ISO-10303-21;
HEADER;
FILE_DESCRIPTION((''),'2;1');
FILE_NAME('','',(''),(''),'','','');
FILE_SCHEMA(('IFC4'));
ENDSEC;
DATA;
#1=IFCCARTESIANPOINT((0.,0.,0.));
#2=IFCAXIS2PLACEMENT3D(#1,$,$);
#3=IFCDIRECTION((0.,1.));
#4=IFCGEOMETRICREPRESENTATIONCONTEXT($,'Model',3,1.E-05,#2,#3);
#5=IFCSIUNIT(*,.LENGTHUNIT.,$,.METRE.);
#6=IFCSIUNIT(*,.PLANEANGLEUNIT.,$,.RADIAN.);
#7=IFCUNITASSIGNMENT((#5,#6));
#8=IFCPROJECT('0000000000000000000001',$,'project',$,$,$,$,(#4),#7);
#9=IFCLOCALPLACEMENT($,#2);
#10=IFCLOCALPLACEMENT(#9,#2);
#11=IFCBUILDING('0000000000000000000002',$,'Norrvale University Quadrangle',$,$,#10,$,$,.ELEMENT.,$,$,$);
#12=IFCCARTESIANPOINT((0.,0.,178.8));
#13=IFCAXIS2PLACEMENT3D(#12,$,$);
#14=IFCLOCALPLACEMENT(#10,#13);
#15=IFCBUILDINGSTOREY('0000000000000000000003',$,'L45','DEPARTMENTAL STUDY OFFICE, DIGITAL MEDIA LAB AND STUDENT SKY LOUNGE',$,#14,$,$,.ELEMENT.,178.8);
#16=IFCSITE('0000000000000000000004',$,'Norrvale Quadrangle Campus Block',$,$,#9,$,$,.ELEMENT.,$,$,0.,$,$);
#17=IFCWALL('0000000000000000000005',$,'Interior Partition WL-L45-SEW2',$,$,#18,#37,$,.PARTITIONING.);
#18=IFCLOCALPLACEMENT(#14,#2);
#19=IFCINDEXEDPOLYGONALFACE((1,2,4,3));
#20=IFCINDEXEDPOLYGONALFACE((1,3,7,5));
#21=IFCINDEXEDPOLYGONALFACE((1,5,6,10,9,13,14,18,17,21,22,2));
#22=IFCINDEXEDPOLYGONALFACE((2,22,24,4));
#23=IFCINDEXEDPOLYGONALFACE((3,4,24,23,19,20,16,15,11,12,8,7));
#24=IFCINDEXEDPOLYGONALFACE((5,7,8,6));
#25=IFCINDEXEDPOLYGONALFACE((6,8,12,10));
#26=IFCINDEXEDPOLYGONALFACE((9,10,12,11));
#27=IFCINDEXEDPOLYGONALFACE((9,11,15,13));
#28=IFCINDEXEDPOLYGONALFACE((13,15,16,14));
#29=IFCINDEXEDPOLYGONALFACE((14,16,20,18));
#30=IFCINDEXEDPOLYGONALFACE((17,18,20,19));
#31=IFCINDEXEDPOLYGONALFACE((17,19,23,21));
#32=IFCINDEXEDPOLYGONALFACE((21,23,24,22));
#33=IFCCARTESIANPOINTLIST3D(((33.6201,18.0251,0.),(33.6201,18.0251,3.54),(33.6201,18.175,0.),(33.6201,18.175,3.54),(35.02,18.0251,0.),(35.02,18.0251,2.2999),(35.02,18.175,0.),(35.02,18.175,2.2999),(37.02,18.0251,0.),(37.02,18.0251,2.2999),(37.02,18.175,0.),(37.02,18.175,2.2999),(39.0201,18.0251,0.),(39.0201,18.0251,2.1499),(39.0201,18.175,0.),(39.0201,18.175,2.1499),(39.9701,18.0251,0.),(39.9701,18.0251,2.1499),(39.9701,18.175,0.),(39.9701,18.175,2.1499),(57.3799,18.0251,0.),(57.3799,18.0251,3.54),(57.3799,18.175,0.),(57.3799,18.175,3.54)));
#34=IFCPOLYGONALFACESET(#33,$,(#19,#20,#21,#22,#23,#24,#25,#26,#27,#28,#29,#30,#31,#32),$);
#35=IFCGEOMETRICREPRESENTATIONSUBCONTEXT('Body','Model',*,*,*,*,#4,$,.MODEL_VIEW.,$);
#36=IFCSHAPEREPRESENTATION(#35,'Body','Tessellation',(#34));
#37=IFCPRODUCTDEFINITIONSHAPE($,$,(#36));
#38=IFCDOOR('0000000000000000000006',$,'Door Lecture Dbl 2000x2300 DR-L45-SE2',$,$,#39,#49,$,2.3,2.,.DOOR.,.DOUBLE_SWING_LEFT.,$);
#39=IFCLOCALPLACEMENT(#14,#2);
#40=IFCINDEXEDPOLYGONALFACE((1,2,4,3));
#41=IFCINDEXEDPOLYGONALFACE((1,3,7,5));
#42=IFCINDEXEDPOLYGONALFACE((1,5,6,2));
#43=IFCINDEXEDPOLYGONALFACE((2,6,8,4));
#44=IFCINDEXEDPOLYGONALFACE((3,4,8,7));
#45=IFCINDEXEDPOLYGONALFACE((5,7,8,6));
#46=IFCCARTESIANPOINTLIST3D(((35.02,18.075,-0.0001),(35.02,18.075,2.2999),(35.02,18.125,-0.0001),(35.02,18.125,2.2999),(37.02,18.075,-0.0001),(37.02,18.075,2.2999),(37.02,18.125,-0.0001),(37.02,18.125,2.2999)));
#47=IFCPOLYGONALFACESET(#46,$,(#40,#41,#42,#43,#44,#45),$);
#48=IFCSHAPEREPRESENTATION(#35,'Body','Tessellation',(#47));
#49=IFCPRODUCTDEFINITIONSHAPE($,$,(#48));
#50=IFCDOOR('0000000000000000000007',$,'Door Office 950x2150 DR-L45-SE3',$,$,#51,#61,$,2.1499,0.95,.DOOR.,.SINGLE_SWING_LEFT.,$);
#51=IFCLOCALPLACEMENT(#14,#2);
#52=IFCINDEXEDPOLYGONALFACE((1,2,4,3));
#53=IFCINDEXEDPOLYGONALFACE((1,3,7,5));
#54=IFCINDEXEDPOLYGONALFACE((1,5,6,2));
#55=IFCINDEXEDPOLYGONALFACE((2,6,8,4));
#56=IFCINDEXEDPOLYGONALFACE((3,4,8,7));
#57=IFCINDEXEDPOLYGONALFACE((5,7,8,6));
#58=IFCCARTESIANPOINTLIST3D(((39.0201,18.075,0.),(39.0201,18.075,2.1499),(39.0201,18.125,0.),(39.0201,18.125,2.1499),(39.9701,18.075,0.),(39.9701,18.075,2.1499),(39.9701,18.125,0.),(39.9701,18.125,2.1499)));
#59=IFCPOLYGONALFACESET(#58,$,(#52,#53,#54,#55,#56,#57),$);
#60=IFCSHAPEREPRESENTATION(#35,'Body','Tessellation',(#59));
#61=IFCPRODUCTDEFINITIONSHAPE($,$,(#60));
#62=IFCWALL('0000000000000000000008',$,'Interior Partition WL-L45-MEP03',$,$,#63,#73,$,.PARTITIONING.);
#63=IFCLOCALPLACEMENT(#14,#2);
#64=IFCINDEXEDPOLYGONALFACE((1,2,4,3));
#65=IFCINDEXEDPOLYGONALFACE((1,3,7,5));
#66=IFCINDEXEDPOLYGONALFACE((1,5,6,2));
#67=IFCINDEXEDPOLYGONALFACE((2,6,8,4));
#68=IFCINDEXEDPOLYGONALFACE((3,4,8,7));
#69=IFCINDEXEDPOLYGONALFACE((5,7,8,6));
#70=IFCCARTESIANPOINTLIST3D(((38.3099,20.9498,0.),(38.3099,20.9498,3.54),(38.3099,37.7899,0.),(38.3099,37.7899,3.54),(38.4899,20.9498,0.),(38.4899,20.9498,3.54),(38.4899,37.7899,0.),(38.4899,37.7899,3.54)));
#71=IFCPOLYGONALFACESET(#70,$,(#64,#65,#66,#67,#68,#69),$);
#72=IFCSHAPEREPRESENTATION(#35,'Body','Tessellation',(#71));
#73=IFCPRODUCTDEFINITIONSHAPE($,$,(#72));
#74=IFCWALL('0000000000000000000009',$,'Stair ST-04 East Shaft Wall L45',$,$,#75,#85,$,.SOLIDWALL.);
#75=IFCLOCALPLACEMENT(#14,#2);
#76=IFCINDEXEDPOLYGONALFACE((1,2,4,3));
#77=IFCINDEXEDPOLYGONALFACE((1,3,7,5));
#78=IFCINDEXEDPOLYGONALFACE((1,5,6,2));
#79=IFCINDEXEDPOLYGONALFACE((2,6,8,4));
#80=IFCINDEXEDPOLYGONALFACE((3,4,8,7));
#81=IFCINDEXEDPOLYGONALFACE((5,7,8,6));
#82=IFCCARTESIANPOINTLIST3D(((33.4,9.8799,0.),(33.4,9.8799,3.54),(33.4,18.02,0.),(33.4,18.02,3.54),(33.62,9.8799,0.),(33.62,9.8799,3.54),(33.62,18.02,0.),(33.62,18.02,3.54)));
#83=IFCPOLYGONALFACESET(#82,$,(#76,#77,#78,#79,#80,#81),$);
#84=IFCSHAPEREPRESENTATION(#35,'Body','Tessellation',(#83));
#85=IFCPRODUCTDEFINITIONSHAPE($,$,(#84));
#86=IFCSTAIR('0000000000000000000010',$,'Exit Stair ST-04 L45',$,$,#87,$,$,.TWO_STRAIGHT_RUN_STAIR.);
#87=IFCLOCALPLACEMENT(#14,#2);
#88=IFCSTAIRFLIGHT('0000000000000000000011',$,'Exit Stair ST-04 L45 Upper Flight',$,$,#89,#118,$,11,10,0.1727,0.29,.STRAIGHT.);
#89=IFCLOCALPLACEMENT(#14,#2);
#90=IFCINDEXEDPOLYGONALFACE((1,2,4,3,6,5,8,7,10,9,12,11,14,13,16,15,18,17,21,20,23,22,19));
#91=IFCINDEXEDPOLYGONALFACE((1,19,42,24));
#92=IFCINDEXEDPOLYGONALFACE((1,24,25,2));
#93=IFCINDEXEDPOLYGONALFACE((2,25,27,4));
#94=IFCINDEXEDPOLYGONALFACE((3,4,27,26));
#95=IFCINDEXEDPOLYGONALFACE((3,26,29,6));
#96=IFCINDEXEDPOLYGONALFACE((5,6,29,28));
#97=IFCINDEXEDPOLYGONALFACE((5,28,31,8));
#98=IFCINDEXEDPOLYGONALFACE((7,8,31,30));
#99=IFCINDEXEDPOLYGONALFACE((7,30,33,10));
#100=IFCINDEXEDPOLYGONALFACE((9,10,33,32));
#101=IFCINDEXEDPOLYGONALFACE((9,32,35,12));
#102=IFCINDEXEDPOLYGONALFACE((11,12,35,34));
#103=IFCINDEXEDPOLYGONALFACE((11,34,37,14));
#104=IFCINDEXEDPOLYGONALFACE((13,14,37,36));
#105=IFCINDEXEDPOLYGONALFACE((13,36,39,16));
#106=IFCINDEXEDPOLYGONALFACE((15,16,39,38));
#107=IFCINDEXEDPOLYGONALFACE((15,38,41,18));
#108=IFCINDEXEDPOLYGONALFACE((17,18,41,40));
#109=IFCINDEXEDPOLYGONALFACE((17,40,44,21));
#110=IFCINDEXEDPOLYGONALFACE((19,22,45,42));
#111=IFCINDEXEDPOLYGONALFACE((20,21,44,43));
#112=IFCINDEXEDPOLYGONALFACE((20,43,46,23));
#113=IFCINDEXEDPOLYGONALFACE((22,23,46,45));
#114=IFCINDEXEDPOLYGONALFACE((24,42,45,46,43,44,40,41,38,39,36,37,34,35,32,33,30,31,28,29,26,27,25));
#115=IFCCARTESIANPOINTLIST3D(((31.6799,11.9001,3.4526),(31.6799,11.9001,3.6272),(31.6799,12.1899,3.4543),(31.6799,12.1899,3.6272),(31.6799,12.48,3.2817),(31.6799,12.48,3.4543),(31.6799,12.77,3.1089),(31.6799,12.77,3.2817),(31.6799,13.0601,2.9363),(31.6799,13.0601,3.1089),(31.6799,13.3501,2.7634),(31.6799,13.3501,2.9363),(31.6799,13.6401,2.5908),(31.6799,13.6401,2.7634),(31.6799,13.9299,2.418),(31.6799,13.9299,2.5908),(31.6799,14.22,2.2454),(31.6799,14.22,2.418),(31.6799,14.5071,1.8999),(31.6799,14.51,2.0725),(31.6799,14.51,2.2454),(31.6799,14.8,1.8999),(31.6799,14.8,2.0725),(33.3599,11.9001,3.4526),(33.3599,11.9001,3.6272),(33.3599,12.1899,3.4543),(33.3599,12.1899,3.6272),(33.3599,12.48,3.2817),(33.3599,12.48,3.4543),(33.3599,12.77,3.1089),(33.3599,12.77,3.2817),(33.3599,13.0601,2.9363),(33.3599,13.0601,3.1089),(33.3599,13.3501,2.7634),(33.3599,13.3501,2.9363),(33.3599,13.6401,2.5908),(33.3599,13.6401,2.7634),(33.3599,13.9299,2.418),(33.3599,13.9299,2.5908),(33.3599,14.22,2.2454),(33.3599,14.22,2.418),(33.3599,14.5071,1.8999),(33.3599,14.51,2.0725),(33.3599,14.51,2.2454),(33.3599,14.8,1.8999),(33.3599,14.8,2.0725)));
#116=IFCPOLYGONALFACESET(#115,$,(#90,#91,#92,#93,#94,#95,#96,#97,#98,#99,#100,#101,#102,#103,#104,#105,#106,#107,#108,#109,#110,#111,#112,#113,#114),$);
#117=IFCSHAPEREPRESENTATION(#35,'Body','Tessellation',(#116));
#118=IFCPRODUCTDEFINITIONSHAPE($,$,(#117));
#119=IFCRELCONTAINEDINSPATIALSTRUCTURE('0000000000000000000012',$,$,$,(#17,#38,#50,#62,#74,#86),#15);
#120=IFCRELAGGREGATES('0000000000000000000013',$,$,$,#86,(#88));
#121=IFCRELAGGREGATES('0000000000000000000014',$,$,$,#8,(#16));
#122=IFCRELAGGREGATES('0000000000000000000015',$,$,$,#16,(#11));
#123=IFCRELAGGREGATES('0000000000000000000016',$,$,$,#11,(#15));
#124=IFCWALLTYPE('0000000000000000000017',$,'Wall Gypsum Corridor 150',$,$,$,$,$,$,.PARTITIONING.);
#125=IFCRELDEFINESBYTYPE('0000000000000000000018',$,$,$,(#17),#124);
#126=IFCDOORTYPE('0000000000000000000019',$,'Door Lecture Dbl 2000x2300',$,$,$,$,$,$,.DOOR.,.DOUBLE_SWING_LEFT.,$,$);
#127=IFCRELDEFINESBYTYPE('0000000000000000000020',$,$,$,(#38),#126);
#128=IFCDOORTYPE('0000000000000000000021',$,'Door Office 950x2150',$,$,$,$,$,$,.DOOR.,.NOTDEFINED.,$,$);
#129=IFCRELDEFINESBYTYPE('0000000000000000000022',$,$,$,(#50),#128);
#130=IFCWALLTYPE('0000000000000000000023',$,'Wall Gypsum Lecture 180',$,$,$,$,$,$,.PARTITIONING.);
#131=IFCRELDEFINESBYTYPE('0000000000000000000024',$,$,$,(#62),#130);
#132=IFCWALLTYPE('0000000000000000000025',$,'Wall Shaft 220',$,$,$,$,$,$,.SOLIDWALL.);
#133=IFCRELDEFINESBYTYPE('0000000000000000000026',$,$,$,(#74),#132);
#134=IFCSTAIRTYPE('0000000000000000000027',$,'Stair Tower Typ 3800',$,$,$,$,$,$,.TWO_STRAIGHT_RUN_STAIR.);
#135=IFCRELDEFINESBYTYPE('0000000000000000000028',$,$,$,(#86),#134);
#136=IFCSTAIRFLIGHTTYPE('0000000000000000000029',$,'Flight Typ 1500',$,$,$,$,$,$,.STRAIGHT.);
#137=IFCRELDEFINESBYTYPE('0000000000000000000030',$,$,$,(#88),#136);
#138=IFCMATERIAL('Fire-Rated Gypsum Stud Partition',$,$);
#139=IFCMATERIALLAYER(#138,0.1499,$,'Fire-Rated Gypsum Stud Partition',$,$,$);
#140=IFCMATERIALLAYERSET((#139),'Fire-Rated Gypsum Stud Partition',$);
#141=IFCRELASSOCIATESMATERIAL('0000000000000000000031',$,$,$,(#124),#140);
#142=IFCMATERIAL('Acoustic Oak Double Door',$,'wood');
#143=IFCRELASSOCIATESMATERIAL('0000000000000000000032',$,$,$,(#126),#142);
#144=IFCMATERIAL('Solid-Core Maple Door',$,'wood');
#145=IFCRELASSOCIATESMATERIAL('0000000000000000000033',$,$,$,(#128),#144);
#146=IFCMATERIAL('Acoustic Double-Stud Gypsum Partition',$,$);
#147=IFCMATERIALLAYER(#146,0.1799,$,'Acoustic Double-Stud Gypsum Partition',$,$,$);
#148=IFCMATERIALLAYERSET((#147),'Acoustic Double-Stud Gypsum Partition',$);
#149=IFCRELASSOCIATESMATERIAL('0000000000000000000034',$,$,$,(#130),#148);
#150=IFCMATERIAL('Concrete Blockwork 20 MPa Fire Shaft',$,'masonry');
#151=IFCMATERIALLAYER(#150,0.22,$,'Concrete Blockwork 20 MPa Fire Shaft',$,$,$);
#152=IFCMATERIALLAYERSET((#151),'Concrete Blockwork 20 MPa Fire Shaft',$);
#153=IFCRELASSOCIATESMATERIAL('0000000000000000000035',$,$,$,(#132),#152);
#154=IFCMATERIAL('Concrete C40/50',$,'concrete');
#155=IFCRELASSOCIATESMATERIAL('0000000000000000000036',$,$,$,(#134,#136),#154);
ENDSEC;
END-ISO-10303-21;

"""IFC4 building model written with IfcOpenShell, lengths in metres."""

from ifc_helpers import new_model, si_unit, direction, frame, frame_2d, origin, place, context, subcontext, project, spatial, polyline, rectangle, outline, extrude, material, layer, layer_set, type_object, element, fill, aggregate, save


model = new_model("IFC4")

# Units and contexts
model_context = context("Model", 3, precision=1e-05, world=origin(), true_north=direction((0.0, 1.0)))
body_context = subcontext(model_context, "Body", "Model", "MODEL_VIEW")
ifc_project = project(units=[si_unit("LENGTHUNIT", "METRE"), si_unit("PLANEANGLEUNIT", "RADIAN")], contexts=[model_context])

# Site, building, storey
site_placement = place(None, origin())
site = spatial("IfcSite", under=ifc_project, at=site_placement, Name="Norrvale Quadrangle Campus Block", CompositionType="ELEMENT", RefElevation=0.0)
building_placement = place(site_placement, origin())
building = spatial("IfcBuilding", under=site, at=building_placement, Name="Norrvale University Quadrangle", CompositionType="ELEMENT")
storey_placement = place(building_placement, frame((0.0, 0.0, 178.8)))
storey = spatial("IfcBuildingStorey", under=building, at=storey_placement, Name="L45", Description="DEPARTMENTAL STUDY OFFICE, DIGITAL MEDIA LAB AND STUDENT SKY LOUNGE", CompositionType="ELEMENT", Elevation=178.8)

# Wall, openings, doors
ifc_material_1 = material(Name="Fire-Rated Gypsum Stud Partition")
ifc_layer_1 = layer(ifc_material_1, 0.1499, Name="Fire-Rated Gypsum Stud Partition")
ifc_layer_set_1 = layer_set([ifc_layer_1], Name="Fire-Rated Gypsum Stud Partition")
wall_type_1 = type_object("IfcWallType", Name="Wall Gypsum Corridor 150", PredefinedType="PARTITIONING", material=ifc_layer_set_1)
wall_1_placement = place(storey_placement, frame((33.6201, 18.1001, 0.0), z_axis=(0.0, 0.0, 1.0), x_axis=(1.0, 0.0, 0.0)))
wall_1 = element("IfcWall", 1, at=wall_1_placement, inside=storey, type_object=wall_type_1, Name="Interior Partition WL-L45-SEW2", PredefinedType="PARTITIONING", context=body_context, shape_type="SweptSolid", body=[
    extrude(rectangle(XDim=23.7598, YDim=0.1499, at=frame_2d((11.8799, 0.0))), origin(), (0.0, 0.0, 1.0), 3.54),
])
opening_1_placement = place(wall_1_placement, frame((1.3999, 0.0, 0.0)))
opening_1 = element("IfcOpeningElement", 2, at=opening_1_placement, cuts=wall_1, PredefinedType="OPENING", context=body_context, shape_type="SweptSolid", body=[
    extrude(rectangle(XDim=2.0, YDim=2.3, at=frame_2d((1.0, 1.1499))), frame((0.0, 0.0869, 0.0), z_axis=(0.0, -1.0, 0.0), x_axis=(1.0, 0.0, 0.0)), (0.0, 0.0, 1.0), 0.1738),
])
opening_2_placement = place(wall_1_placement, frame((5.3999, 0.0, 0.0)))
opening_2 = element("IfcOpeningElement", 3, at=opening_2_placement, cuts=wall_1, PredefinedType="OPENING", context=body_context, shape_type="SweptSolid", body=[
    extrude(rectangle(XDim=0.95, YDim=2.1499, at=frame_2d((0.4751, 1.075))), frame((0.0, 0.0869, 0.0), z_axis=(0.0, -1.0, 0.0), x_axis=(1.0, 0.0, 0.0)), (0.0, 0.0, 1.0), 0.1738),
])
ifc_material_2 = material(Name="Acoustic Oak Double Door", Category="wood")
door_type_1 = type_object("IfcDoorType", Name="Door Lecture Dbl 2000x2300", OperationType="DOUBLE_SWING_LEFT", PredefinedType="DOOR", material=ifc_material_2)
door_1_placement = place(opening_1_placement, origin())
door_1 = element("IfcDoor", 4, at=door_1_placement, inside=storey, type_object=door_type_1, Name="Door Lecture Dbl 2000x2300 DR-L45-SE2", OperationType="DOUBLE_SWING_LEFT", OverallHeight=2.3, OverallWidth=2.0, PredefinedType="DOOR", context=body_context, shape_type="SweptSolid", body=[
    extrude(rectangle(XDim=2.0, YDim=2.3, at=frame_2d((1.0, 1.1499))), frame((0.0, 0.0249, 0.0), z_axis=(0.0, -1.0, 0.0), x_axis=(1.0, 0.0, 0.0)), (0.0, 0.0, 1.0), 0.05),
])
fill(opening_1, door_1)
ifc_material_3 = material(Name="Solid-Core Maple Door", Category="wood")
door_type_2 = type_object("IfcDoorType", Name="Door Office 950x2150", OperationType="NOTDEFINED", PredefinedType="DOOR", material=ifc_material_3)
door_2_placement = place(opening_2_placement, origin())
door_2 = element("IfcDoor", 5, at=door_2_placement, inside=storey, type_object=door_type_2, Name="Door Office 950x2150 DR-L45-SE3", OperationType="SINGLE_SWING_LEFT", OverallHeight=2.1499, OverallWidth=0.95, PredefinedType="DOOR", context=body_context, shape_type="SweptSolid", body=[
    extrude(rectangle(XDim=0.95, YDim=2.1499, at=frame_2d((0.4751, 1.075))), frame((0.0, 0.0249, 0.0), z_axis=(0.0, -1.0, 0.0), x_axis=(1.0, 0.0, 0.0)), (0.0, 0.0, 1.0), 0.05),
])
fill(opening_2, door_2)

# Walls
ifc_material_4 = material(Name="Acoustic Double-Stud Gypsum Partition")
ifc_layer_2 = layer(ifc_material_4, 0.1799, Name="Acoustic Double-Stud Gypsum Partition")
ifc_layer_set_2 = layer_set([ifc_layer_2], Name="Acoustic Double-Stud Gypsum Partition")
wall_type_2 = type_object("IfcWallType", Name="Wall Gypsum Lecture 180", PredefinedType="PARTITIONING", material=ifc_layer_set_2)
wall_2_placement = place(storey_placement, frame((38.3999, 20.95, 0.0), z_axis=(0.0, 0.0, 1.0), x_axis=(0.0, 1.0, 0.0)))
element("IfcWall", 6, at=wall_2_placement, inside=storey, type_object=wall_type_2, Name="Interior Partition WL-L45-MEP03", PredefinedType="PARTITIONING", context=body_context, shape_type="SweptSolid", body=[
    extrude(rectangle(XDim=16.8401, YDim=0.1799, at=frame_2d((8.4199, 0.0))), origin(), (0.0, 0.0, 1.0), 3.54),
])
ifc_material_5 = material(Name="Concrete Blockwork 20 MPa Fire Shaft", Category="masonry")
ifc_layer_3 = layer(ifc_material_5, 0.22, Name="Concrete Blockwork 20 MPa Fire Shaft")
ifc_layer_set_3 = layer_set([ifc_layer_3], Name="Concrete Blockwork 20 MPa Fire Shaft")
wall_type_3 = type_object("IfcWallType", Name="Wall Shaft 220", PredefinedType="SOLIDWALL", material=ifc_layer_set_3)
wall_3_placement = place(storey_placement, frame((33.51, 9.8799, 0.0), z_axis=(0.0, 0.0, 1.0), x_axis=(0.0, 1.0, 0.0)))
element("IfcWall", 7, at=wall_3_placement, inside=storey, type_object=wall_type_3, Name="Stair ST-04 East Shaft Wall L45", PredefinedType="SOLIDWALL", context=body_context, shape_type="SweptSolid", body=[
    extrude(rectangle(XDim=8.1401, YDim=0.22, at=frame_2d((4.0701, 0.0))), origin(), (0.0, 0.0, 1.0), 3.54),
])

# Stair, stair flight
ifc_material_6 = material(Name="Concrete C40/50", Category="concrete")
stair_type = type_object("IfcStairType", Name="Stair Tower Typ 3800", PredefinedType="TWO_STRAIGHT_RUN_STAIR", material=ifc_material_6)
stair_placement = place(storey_placement, origin())
stair = element("IfcStair", 8, at=stair_placement, inside=storey, type_object=stair_type, Name="Exit Stair ST-04 L45", PredefinedType="TWO_STRAIGHT_RUN_STAIR")
stair_flight_type = type_object("IfcStairFlightType", Name="Flight Typ 1500", PredefinedType="STRAIGHT", material=ifc_material_6)
stair_flight_placement = place(storey_placement, frame((32.52, 14.8, 1.8999), z_axis=(0.0, 0.0, 1.0), x_axis=(0.0, -1.0, 0.0)))
stair_flight = element("IfcStairFlight", 9, at=stair_flight_placement, type_object=stair_flight_type, Name="Exit Stair ST-04 L45 Upper Flight", NumberOfRisers=11, NumberOfTreads=10, PredefinedType="STRAIGHT", RiserHeight=0.1727, TreadLength=0.29, context=body_context, shape_type="SweptSolid", body=[
    extrude(outline(polyline([(0.0, 0.0), (0.0, 0.1726), (0.29, 0.1726), (0.29, 0.3455), (0.5801, 0.3455), (0.5801, 0.5181), (0.8701, 0.5181), (0.8701, 0.6909), (1.1599, 0.6909), (1.1599, 0.8635), (1.45, 0.8635), (1.45, 1.0364), (1.74, 1.0364), (1.74, 1.209), (2.03, 1.209), (2.03, 1.3818), (2.3201, 1.3818), (2.3201, 1.5544), (2.6101, 1.5544), (2.6101, 1.7273), (2.8999, 1.7273), (2.8999, 1.8999), (2.8999, 1.5527), (0.293, 0.0), (0.0, 0.0)])), frame((0.0, 0.8398, 0.0), z_axis=(0.0, -1.0, 0.0), x_axis=(1.0, 0.0, 0.0)), (0.0, 0.0, 1.0), 1.6799),
])
aggregate(stair, [stair_flight])

save(model, "model.ifc")
